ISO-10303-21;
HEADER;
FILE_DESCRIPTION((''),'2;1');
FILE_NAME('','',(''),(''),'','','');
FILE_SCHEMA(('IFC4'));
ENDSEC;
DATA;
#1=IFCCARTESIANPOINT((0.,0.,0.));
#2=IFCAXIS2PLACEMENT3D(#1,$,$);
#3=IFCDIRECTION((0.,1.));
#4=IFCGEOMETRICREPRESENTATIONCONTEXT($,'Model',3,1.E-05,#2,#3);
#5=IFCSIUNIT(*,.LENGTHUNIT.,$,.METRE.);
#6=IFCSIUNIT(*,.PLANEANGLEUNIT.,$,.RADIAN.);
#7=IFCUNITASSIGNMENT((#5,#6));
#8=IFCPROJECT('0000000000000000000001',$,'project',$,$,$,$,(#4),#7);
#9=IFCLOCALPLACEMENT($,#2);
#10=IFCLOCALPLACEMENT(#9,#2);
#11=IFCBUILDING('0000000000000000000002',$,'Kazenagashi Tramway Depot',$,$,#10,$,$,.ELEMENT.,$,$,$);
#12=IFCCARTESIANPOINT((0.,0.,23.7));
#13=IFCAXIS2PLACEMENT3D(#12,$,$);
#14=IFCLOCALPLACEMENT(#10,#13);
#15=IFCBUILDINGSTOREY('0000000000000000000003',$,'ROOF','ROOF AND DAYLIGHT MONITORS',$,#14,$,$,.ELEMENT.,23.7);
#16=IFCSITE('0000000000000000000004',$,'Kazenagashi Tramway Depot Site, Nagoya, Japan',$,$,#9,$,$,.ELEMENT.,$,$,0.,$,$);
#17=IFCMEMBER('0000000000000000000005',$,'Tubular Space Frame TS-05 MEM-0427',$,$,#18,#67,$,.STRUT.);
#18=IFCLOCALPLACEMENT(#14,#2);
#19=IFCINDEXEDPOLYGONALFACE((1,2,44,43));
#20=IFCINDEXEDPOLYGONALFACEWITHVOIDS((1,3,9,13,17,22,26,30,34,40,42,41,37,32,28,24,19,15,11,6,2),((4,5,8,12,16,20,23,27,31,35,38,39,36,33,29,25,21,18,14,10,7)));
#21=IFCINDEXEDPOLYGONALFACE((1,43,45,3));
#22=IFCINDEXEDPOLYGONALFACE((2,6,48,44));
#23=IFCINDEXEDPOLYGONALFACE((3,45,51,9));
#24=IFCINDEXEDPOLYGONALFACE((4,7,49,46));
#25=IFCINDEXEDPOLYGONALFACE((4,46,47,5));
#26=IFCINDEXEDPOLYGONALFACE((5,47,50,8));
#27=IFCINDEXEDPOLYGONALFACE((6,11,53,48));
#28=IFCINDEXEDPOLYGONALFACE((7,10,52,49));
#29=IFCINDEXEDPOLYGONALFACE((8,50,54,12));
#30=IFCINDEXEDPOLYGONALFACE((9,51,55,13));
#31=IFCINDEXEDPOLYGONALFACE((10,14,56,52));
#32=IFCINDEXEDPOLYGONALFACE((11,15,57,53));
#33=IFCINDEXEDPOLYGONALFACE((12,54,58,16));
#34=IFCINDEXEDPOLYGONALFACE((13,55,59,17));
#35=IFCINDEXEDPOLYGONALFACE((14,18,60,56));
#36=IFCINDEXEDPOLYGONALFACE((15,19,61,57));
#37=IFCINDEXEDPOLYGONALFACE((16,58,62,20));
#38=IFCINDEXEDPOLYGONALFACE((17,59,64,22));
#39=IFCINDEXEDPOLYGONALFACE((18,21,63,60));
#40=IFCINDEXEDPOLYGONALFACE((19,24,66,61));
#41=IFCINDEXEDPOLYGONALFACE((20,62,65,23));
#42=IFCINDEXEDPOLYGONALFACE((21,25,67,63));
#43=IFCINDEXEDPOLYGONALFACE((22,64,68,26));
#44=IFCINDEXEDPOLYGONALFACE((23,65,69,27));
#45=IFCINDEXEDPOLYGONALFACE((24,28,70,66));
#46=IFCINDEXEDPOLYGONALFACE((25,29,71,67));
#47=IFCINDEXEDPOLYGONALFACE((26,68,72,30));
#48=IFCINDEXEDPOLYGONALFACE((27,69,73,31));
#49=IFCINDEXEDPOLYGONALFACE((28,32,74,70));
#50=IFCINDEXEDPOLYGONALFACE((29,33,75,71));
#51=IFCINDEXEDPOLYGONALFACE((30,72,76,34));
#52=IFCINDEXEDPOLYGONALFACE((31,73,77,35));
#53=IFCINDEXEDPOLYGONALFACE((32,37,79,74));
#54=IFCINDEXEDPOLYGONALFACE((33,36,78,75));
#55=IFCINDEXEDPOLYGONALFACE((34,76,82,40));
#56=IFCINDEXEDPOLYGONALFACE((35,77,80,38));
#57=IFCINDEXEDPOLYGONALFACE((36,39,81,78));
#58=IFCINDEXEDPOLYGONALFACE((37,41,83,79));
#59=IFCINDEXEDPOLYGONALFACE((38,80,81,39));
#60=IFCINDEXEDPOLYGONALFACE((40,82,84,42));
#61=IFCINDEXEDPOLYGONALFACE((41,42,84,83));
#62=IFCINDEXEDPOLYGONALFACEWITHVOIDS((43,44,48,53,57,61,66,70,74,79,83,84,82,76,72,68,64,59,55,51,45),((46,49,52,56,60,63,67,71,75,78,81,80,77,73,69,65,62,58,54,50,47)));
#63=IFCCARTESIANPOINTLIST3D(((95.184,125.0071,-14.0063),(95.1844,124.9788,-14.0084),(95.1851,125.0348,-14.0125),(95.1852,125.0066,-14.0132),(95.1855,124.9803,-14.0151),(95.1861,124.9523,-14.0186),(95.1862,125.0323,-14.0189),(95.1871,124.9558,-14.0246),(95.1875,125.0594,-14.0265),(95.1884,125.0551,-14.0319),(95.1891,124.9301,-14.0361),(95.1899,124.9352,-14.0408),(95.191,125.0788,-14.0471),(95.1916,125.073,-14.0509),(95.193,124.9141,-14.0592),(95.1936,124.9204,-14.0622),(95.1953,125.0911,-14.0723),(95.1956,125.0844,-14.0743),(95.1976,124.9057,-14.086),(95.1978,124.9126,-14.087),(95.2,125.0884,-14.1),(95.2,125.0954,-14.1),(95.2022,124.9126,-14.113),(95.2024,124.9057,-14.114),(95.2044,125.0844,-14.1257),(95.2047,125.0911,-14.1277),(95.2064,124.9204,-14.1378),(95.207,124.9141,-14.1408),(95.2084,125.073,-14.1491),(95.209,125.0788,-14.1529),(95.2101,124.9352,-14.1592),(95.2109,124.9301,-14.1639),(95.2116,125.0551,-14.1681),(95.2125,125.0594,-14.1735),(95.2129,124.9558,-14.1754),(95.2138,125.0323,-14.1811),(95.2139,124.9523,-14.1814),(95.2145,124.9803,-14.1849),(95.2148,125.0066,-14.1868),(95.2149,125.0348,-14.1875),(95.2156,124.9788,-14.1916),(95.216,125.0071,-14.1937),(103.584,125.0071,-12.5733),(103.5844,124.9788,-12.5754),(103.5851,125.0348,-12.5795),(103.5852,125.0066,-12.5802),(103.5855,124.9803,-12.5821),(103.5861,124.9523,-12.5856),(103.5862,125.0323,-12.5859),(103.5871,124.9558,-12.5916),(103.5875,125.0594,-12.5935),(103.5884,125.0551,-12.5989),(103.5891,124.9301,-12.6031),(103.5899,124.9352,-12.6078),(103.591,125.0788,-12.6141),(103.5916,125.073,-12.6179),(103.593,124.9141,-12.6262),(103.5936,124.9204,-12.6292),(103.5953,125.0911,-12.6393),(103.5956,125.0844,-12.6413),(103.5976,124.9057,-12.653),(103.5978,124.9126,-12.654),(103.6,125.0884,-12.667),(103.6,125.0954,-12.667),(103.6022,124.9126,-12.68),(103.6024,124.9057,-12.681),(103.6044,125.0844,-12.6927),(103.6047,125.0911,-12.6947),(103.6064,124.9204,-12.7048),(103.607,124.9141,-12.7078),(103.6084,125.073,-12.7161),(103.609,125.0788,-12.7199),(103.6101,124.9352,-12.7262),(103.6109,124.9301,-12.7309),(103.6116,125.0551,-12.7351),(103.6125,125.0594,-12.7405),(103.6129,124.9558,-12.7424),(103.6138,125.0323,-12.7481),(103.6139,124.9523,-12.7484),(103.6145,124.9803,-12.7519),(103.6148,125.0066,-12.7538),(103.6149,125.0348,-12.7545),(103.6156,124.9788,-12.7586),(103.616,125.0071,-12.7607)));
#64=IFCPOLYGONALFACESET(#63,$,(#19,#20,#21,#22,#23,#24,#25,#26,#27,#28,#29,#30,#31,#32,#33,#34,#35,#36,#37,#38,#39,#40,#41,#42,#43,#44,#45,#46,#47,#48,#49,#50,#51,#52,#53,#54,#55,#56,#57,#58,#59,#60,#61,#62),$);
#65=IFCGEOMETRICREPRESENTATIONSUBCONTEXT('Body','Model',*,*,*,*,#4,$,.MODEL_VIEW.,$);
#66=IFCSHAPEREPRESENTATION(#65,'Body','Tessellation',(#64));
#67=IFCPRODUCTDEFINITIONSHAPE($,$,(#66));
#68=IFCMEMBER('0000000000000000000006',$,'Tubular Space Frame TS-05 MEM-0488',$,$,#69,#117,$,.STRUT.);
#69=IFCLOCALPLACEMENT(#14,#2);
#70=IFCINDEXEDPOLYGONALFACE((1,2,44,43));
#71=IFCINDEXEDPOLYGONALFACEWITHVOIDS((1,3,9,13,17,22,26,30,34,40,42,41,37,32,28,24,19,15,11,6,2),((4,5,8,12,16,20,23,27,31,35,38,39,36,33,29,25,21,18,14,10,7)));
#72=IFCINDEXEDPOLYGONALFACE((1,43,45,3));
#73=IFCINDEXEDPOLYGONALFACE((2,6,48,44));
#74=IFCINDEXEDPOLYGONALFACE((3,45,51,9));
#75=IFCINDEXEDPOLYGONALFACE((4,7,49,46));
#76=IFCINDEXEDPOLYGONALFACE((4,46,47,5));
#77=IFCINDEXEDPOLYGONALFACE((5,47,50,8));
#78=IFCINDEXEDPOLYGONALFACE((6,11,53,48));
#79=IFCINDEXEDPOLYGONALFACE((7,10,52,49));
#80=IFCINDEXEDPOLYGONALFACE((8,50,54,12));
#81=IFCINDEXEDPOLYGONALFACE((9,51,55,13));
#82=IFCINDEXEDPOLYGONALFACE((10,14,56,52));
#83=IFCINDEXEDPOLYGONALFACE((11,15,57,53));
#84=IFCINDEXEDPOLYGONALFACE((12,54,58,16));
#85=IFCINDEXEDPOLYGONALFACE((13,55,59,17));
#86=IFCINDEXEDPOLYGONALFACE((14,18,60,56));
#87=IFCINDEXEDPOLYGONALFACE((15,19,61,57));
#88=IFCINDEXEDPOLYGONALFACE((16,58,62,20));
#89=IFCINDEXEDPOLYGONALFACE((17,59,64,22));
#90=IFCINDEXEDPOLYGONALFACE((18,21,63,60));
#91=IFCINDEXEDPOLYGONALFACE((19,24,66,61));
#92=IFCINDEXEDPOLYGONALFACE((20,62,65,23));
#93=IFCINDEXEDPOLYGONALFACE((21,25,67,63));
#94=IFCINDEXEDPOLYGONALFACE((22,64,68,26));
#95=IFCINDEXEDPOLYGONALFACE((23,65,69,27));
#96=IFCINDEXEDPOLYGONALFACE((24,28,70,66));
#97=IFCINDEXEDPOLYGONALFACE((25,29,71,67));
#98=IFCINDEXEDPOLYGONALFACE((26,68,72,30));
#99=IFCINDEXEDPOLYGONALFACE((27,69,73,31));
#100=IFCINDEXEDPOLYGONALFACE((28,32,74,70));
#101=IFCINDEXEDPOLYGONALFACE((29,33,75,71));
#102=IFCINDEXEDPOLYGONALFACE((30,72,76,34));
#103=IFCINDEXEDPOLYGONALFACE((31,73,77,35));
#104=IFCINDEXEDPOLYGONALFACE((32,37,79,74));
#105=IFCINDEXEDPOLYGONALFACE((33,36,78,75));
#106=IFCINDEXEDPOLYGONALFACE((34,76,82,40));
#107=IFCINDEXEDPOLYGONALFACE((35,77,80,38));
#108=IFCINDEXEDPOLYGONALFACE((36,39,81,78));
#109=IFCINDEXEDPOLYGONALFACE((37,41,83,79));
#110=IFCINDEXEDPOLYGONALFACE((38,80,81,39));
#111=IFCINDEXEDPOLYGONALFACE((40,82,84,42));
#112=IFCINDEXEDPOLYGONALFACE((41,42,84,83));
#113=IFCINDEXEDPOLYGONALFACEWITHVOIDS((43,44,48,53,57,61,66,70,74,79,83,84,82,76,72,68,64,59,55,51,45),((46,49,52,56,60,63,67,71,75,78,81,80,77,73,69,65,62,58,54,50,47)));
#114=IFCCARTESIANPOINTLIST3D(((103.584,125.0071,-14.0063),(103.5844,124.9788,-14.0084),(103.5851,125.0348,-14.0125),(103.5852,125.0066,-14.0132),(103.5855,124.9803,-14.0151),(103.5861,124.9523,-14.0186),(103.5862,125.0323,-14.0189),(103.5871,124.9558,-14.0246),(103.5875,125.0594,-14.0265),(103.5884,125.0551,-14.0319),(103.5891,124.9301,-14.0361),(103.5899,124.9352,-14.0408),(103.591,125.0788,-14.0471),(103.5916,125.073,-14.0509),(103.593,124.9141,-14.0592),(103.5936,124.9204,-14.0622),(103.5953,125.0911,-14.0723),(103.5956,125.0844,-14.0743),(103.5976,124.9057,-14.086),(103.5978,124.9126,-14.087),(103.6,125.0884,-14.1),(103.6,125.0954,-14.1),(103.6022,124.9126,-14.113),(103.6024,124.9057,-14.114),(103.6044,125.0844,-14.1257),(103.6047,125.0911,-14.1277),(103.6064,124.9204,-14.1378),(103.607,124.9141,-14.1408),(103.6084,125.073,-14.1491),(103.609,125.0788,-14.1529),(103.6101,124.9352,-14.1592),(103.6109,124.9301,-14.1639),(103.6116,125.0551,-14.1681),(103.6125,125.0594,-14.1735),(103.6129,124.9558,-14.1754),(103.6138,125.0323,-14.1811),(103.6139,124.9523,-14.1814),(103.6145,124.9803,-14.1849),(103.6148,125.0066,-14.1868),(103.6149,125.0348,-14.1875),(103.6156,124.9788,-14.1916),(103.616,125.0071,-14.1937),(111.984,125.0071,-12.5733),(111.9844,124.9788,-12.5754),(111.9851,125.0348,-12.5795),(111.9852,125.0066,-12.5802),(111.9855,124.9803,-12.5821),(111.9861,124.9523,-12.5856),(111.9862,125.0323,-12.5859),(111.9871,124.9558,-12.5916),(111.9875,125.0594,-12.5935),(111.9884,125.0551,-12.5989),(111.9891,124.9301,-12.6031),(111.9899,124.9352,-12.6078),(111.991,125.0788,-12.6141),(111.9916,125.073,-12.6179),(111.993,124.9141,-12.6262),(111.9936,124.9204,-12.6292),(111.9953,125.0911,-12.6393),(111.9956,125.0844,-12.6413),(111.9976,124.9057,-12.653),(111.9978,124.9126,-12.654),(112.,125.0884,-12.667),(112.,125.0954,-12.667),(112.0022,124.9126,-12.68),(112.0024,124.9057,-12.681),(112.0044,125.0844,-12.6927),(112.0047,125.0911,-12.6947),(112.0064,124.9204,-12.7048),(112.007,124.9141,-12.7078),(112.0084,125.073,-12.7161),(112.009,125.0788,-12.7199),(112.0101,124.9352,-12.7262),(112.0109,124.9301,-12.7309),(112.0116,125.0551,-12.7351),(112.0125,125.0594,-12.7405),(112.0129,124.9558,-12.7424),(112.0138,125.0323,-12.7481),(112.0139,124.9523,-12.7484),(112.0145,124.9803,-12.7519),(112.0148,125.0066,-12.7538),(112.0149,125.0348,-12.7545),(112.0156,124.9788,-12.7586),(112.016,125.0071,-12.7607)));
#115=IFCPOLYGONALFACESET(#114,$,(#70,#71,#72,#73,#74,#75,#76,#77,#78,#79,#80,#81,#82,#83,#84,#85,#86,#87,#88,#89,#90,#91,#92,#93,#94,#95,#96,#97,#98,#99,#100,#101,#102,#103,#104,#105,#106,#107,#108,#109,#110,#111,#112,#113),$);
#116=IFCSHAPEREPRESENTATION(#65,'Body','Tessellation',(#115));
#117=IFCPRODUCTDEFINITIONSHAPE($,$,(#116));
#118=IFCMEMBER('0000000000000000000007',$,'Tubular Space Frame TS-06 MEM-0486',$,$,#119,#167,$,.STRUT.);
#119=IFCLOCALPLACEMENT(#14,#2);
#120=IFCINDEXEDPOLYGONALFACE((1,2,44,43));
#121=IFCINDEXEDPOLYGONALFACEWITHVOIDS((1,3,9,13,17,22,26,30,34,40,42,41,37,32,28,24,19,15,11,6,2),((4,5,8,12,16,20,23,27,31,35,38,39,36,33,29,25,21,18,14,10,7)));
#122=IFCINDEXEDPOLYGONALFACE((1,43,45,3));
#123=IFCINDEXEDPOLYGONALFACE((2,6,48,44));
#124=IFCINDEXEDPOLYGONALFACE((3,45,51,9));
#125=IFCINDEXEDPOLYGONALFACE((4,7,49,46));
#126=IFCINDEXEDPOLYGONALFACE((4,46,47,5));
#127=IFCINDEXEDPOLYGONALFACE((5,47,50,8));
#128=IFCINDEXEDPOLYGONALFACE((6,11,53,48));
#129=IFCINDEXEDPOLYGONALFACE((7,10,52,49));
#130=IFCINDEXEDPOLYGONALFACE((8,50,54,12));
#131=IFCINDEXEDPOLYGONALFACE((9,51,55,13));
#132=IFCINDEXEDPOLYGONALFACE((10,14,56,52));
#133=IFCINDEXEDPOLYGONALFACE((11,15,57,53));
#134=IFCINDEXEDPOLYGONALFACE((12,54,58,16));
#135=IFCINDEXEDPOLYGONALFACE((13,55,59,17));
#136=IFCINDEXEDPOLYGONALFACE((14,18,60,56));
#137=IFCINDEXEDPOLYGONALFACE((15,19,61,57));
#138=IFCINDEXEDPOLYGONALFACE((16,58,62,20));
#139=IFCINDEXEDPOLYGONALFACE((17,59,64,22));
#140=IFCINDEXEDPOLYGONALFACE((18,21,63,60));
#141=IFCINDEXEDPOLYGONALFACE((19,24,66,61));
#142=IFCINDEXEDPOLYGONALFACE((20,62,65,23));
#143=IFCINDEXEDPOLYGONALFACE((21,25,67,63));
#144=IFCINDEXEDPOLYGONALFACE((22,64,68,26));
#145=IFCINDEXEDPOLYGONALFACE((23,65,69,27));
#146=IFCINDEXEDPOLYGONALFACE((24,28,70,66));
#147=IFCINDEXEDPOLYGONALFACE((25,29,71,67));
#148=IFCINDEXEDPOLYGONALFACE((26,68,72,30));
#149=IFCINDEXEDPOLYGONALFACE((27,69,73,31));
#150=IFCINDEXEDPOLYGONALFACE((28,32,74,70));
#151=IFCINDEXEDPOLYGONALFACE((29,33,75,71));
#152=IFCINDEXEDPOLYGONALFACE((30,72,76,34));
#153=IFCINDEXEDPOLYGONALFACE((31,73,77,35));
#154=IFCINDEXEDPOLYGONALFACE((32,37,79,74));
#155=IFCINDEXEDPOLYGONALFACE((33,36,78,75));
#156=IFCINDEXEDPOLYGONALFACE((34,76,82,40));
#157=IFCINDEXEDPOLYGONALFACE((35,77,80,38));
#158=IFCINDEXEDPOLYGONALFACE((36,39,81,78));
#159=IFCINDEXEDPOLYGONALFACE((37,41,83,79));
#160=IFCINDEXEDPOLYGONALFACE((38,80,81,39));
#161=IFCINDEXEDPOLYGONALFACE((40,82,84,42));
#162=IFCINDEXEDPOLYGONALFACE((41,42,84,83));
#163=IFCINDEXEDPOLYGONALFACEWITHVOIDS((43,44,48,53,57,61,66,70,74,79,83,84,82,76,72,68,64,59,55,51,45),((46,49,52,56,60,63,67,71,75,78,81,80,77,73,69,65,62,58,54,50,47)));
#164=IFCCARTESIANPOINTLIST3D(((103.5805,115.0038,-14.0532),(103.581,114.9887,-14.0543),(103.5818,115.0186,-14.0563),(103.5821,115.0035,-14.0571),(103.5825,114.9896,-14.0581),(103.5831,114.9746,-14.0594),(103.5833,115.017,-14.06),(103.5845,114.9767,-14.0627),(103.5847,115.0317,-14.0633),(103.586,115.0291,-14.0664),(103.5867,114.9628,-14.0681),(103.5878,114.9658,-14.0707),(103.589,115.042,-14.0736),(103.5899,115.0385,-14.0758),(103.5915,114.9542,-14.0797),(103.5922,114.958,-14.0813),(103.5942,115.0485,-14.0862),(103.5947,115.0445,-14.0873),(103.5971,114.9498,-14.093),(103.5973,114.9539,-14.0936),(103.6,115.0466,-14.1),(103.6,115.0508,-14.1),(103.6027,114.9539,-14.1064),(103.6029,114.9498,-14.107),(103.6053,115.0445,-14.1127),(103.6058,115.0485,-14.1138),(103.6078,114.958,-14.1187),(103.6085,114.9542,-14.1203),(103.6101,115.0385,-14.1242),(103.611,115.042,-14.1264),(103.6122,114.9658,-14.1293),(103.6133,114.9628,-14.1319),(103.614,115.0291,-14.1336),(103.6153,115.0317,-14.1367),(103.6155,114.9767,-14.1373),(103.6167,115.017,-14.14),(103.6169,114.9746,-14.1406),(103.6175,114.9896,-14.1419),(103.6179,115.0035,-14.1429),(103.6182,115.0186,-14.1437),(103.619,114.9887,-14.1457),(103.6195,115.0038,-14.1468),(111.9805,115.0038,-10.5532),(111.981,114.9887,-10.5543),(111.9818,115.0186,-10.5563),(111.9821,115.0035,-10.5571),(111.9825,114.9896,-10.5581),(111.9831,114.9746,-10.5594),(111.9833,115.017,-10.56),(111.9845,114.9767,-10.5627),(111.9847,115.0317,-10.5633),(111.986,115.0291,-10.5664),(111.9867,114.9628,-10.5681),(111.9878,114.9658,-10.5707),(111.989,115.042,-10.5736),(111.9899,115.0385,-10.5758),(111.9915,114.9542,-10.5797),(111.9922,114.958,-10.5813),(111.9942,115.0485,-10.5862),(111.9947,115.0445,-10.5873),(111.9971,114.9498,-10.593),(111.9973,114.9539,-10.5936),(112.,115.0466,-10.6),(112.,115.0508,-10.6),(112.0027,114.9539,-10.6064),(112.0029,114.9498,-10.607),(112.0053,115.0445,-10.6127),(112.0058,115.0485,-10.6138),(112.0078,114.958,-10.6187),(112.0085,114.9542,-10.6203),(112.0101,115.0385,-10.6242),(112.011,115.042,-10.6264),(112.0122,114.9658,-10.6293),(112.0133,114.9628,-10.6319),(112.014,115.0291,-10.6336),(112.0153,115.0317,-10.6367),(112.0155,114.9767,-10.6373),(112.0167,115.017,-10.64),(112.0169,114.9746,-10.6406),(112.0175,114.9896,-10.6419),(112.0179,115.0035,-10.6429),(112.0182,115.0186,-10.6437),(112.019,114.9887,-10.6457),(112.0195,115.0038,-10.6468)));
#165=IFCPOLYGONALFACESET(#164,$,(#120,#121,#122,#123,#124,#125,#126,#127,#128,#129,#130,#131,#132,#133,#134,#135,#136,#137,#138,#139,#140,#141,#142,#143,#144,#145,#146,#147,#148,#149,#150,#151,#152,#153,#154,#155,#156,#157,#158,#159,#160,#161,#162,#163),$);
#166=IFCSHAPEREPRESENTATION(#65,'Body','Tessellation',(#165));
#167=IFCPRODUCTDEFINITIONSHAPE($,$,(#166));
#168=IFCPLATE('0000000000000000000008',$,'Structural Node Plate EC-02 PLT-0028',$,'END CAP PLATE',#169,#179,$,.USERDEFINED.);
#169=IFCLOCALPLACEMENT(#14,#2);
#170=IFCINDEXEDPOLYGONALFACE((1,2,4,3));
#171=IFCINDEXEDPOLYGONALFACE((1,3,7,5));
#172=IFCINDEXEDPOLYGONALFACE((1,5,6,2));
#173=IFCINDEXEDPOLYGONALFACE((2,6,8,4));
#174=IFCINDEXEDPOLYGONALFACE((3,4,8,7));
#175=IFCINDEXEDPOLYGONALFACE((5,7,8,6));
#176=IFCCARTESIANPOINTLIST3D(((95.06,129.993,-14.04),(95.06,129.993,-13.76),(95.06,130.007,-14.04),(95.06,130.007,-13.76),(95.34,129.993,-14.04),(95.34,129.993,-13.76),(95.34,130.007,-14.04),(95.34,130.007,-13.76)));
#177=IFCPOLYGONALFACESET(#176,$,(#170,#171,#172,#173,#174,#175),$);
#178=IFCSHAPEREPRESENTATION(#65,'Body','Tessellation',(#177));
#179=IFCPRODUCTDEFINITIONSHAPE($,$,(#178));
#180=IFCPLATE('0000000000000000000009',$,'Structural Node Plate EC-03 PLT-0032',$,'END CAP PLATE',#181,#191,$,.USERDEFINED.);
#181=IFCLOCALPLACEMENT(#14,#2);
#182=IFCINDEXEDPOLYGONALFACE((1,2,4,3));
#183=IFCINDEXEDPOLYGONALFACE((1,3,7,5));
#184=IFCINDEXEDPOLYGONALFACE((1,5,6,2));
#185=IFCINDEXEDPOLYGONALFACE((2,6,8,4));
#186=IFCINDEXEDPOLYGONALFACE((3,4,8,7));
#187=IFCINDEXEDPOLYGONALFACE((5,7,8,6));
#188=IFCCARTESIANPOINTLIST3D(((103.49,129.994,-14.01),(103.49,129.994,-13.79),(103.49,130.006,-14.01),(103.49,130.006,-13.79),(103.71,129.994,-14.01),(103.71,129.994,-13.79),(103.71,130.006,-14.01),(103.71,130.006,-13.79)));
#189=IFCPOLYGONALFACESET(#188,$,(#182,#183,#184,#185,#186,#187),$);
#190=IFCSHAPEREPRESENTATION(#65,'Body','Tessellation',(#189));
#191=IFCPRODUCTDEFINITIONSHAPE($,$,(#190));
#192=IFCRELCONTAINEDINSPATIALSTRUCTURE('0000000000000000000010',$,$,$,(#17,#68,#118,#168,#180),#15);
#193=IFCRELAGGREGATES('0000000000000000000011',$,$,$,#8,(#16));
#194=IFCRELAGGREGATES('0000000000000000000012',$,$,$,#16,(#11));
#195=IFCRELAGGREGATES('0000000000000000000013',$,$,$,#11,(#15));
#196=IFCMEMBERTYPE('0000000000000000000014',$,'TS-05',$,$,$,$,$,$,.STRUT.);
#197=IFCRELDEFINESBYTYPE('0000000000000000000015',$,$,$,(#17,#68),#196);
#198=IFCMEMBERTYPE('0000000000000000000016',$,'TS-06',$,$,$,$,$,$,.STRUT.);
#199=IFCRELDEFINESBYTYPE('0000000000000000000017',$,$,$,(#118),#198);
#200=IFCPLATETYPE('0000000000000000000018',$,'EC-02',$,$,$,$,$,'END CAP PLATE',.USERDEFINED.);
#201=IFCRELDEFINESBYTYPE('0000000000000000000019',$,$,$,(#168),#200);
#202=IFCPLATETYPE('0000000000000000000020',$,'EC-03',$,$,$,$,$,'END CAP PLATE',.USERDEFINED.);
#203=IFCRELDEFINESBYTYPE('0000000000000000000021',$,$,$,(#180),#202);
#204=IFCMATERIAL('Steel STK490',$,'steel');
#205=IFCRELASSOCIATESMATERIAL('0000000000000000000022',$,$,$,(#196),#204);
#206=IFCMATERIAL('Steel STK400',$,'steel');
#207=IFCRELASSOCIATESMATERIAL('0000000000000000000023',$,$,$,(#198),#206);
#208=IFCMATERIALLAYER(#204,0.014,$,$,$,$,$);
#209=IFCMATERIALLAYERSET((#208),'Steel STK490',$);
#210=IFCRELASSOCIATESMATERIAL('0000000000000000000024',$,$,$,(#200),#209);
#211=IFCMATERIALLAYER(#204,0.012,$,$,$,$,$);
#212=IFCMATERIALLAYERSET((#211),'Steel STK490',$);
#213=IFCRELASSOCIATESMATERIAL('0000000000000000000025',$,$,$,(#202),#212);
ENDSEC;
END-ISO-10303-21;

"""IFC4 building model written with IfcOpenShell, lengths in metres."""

from ifc_helpers import new_model, si_unit, direction, frame, origin, origin_2d, place, context, subcontext, project, spatial, rectangle, hollow_circle, extrude, material, layer, layer_set, material_profile, profile_set, type_object, element, save


model = new_model("IFC4")

# Units and contexts
model_context = context("Model", 3, precision=1e-05, world=origin(), true_north=direction((0.0, 1.0)))
body_context = subcontext(model_context, "Body", "Model", "MODEL_VIEW")
ifc_project = project(units=[si_unit("LENGTHUNIT", "METRE"), si_unit("PLANEANGLEUNIT", "RADIAN")], contexts=[model_context])

# Site, building, storey
site_placement = place(None, origin())
site = spatial("IfcSite", under=ifc_project, at=site_placement, Name="Kazenagashi Tramway Depot Site, Nagoya, Japan", CompositionType="ELEMENT", RefElevation=0.0)
building_placement = place(site_placement, origin())
building = spatial("IfcBuilding", under=site, at=building_placement, Name="Kazenagashi Tramway Depot", CompositionType="ELEMENT")
storey_placement = place(building_placement, frame((0.0, 0.0, 23.7)))
storey = spatial("IfcBuildingStorey", under=building, at=storey_placement, Name="ROOF", Description="ROOF AND DAYLIGHT MONITORS", CompositionType="ELEMENT", Elevation=23.7)

# Members
ifc_material_1 = material(Name="Steel STK490", Category="steel")
ifc_material_profile_1 = material_profile(ifc_material_1, hollow_circle(Radius=0.0954, WallThickness=0.007, at=origin_2d()), Name="CHS-190.7x7.0")
ifc_profile_set_1 = profile_set([ifc_material_profile_1], Name="Steel STK490")
member_type_1 = type_object("IfcMemberType", Name="TS-05", PredefinedType="STRUT", material=ifc_profile_set_1)
for number, where, z_axis, x_axis, name in (
    (1, (95.2, 125.0, -14.1), (0.985759, 0.0, 0.168166), (0.0, 1.0, 0.0), "Tubular Space Frame TS-05 MEM-0427"),
    (2, (103.6, 125.0, -14.1), (0.985759, 0.0, 0.168166), (0.0, 1.0, 0.0), "Tubular Space Frame TS-05 MEM-0488"),
):
    element("IfcMember", number, at=place(storey_placement, frame(where, z_axis=z_axis, x_axis=x_axis)), inside=storey, type_object=member_type_1, Name=name, PredefinedType="STRUT", context=body_context, shape_type="SweptSolid", body=[
        extrude(hollow_circle(Radius=0.0954, WallThickness=0.007, at=origin_2d()), origin(), (0.0, 0.0, 1.0), 8.5214),
    ])
ifc_material_2 = material(Name="Steel STK400", Category="steel")
ifc_material_profile_2 = material_profile(ifc_material_2, hollow_circle(Radius=0.0508, WallThickness=0.0042, at=origin_2d()), Name="CHS-101.6x4.2")
ifc_profile_set_2 = profile_set([ifc_material_profile_2], Name="Steel STK400")
member_type_2 = type_object("IfcMemberType", Name="TS-06", PredefinedType="STRUT", material=ifc_profile_set_2)
member_1_placement = place(storey_placement, frame((103.6, 115.0, -14.1), z_axis=(0.923077, 0.0, 0.384615), x_axis=(0.0, 1.0, 0.0)))
element("IfcMember", 3, at=member_1_placement, inside=storey, type_object=member_type_2, Name="Tubular Space Frame TS-06 MEM-0486", PredefinedType="STRUT", context=body_context, shape_type="SweptSolid", body=[
    extrude(hollow_circle(Radius=0.0508, WallThickness=0.0042, at=origin_2d()), origin(), (0.0, 0.0, 1.0), 9.1),
])

# Plates
ifc_layer_1 = layer(ifc_material_1, 0.014)
ifc_layer_set_1 = layer_set([ifc_layer_1], Name="Steel STK490")
plate_type_1 = type_object("IfcPlateType", Name="EC-02", ElementType="END CAP PLATE", PredefinedType="USERDEFINED", material=ifc_layer_set_1)
plate_1_placement = place(storey_placement, frame((95.2, 130.0, -14.04), z_axis=(0.0, 0.0, 1.0), x_axis=(1.0, 0.0, 0.0)))
element("IfcPlate", 4, at=plate_1_placement, inside=storey, type_object=plate_type_1, Name="Structural Node Plate EC-02 PLT-0028", ObjectType="END CAP PLATE", PredefinedType="USERDEFINED", context=body_context, shape_type="SweptSolid", body=[
    extrude(rectangle(XDim=0.28, YDim=0.014, at=origin_2d()), origin(), (0.0, 0.0, 1.0), 0.28),
])
ifc_layer_2 = layer(ifc_material_1, 0.012)
ifc_layer_set_2 = layer_set([ifc_layer_2], Name="Steel STK490")
plate_type_2 = type_object("IfcPlateType", Name="EC-03", ElementType="END CAP PLATE", PredefinedType="USERDEFINED", material=ifc_layer_set_2)
plate_2_placement = place(storey_placement, frame((103.6, 130.0, -14.01), z_axis=(0.0, 0.0, 1.0), x_axis=(1.0, 0.0, 0.0)))
element("IfcPlate", 5, at=plate_2_placement, inside=storey, type_object=plate_type_2, Name="Structural Node Plate EC-03 PLT-0032", ObjectType="END CAP PLATE", PredefinedType="USERDEFINED", context=body_context, shape_type="SweptSolid", body=[
    extrude(rectangle(XDim=0.22, YDim=0.012, at=origin_2d()), origin(), (0.0, 0.0, 1.0), 0.22),
])

save(model, "model.ifc")
